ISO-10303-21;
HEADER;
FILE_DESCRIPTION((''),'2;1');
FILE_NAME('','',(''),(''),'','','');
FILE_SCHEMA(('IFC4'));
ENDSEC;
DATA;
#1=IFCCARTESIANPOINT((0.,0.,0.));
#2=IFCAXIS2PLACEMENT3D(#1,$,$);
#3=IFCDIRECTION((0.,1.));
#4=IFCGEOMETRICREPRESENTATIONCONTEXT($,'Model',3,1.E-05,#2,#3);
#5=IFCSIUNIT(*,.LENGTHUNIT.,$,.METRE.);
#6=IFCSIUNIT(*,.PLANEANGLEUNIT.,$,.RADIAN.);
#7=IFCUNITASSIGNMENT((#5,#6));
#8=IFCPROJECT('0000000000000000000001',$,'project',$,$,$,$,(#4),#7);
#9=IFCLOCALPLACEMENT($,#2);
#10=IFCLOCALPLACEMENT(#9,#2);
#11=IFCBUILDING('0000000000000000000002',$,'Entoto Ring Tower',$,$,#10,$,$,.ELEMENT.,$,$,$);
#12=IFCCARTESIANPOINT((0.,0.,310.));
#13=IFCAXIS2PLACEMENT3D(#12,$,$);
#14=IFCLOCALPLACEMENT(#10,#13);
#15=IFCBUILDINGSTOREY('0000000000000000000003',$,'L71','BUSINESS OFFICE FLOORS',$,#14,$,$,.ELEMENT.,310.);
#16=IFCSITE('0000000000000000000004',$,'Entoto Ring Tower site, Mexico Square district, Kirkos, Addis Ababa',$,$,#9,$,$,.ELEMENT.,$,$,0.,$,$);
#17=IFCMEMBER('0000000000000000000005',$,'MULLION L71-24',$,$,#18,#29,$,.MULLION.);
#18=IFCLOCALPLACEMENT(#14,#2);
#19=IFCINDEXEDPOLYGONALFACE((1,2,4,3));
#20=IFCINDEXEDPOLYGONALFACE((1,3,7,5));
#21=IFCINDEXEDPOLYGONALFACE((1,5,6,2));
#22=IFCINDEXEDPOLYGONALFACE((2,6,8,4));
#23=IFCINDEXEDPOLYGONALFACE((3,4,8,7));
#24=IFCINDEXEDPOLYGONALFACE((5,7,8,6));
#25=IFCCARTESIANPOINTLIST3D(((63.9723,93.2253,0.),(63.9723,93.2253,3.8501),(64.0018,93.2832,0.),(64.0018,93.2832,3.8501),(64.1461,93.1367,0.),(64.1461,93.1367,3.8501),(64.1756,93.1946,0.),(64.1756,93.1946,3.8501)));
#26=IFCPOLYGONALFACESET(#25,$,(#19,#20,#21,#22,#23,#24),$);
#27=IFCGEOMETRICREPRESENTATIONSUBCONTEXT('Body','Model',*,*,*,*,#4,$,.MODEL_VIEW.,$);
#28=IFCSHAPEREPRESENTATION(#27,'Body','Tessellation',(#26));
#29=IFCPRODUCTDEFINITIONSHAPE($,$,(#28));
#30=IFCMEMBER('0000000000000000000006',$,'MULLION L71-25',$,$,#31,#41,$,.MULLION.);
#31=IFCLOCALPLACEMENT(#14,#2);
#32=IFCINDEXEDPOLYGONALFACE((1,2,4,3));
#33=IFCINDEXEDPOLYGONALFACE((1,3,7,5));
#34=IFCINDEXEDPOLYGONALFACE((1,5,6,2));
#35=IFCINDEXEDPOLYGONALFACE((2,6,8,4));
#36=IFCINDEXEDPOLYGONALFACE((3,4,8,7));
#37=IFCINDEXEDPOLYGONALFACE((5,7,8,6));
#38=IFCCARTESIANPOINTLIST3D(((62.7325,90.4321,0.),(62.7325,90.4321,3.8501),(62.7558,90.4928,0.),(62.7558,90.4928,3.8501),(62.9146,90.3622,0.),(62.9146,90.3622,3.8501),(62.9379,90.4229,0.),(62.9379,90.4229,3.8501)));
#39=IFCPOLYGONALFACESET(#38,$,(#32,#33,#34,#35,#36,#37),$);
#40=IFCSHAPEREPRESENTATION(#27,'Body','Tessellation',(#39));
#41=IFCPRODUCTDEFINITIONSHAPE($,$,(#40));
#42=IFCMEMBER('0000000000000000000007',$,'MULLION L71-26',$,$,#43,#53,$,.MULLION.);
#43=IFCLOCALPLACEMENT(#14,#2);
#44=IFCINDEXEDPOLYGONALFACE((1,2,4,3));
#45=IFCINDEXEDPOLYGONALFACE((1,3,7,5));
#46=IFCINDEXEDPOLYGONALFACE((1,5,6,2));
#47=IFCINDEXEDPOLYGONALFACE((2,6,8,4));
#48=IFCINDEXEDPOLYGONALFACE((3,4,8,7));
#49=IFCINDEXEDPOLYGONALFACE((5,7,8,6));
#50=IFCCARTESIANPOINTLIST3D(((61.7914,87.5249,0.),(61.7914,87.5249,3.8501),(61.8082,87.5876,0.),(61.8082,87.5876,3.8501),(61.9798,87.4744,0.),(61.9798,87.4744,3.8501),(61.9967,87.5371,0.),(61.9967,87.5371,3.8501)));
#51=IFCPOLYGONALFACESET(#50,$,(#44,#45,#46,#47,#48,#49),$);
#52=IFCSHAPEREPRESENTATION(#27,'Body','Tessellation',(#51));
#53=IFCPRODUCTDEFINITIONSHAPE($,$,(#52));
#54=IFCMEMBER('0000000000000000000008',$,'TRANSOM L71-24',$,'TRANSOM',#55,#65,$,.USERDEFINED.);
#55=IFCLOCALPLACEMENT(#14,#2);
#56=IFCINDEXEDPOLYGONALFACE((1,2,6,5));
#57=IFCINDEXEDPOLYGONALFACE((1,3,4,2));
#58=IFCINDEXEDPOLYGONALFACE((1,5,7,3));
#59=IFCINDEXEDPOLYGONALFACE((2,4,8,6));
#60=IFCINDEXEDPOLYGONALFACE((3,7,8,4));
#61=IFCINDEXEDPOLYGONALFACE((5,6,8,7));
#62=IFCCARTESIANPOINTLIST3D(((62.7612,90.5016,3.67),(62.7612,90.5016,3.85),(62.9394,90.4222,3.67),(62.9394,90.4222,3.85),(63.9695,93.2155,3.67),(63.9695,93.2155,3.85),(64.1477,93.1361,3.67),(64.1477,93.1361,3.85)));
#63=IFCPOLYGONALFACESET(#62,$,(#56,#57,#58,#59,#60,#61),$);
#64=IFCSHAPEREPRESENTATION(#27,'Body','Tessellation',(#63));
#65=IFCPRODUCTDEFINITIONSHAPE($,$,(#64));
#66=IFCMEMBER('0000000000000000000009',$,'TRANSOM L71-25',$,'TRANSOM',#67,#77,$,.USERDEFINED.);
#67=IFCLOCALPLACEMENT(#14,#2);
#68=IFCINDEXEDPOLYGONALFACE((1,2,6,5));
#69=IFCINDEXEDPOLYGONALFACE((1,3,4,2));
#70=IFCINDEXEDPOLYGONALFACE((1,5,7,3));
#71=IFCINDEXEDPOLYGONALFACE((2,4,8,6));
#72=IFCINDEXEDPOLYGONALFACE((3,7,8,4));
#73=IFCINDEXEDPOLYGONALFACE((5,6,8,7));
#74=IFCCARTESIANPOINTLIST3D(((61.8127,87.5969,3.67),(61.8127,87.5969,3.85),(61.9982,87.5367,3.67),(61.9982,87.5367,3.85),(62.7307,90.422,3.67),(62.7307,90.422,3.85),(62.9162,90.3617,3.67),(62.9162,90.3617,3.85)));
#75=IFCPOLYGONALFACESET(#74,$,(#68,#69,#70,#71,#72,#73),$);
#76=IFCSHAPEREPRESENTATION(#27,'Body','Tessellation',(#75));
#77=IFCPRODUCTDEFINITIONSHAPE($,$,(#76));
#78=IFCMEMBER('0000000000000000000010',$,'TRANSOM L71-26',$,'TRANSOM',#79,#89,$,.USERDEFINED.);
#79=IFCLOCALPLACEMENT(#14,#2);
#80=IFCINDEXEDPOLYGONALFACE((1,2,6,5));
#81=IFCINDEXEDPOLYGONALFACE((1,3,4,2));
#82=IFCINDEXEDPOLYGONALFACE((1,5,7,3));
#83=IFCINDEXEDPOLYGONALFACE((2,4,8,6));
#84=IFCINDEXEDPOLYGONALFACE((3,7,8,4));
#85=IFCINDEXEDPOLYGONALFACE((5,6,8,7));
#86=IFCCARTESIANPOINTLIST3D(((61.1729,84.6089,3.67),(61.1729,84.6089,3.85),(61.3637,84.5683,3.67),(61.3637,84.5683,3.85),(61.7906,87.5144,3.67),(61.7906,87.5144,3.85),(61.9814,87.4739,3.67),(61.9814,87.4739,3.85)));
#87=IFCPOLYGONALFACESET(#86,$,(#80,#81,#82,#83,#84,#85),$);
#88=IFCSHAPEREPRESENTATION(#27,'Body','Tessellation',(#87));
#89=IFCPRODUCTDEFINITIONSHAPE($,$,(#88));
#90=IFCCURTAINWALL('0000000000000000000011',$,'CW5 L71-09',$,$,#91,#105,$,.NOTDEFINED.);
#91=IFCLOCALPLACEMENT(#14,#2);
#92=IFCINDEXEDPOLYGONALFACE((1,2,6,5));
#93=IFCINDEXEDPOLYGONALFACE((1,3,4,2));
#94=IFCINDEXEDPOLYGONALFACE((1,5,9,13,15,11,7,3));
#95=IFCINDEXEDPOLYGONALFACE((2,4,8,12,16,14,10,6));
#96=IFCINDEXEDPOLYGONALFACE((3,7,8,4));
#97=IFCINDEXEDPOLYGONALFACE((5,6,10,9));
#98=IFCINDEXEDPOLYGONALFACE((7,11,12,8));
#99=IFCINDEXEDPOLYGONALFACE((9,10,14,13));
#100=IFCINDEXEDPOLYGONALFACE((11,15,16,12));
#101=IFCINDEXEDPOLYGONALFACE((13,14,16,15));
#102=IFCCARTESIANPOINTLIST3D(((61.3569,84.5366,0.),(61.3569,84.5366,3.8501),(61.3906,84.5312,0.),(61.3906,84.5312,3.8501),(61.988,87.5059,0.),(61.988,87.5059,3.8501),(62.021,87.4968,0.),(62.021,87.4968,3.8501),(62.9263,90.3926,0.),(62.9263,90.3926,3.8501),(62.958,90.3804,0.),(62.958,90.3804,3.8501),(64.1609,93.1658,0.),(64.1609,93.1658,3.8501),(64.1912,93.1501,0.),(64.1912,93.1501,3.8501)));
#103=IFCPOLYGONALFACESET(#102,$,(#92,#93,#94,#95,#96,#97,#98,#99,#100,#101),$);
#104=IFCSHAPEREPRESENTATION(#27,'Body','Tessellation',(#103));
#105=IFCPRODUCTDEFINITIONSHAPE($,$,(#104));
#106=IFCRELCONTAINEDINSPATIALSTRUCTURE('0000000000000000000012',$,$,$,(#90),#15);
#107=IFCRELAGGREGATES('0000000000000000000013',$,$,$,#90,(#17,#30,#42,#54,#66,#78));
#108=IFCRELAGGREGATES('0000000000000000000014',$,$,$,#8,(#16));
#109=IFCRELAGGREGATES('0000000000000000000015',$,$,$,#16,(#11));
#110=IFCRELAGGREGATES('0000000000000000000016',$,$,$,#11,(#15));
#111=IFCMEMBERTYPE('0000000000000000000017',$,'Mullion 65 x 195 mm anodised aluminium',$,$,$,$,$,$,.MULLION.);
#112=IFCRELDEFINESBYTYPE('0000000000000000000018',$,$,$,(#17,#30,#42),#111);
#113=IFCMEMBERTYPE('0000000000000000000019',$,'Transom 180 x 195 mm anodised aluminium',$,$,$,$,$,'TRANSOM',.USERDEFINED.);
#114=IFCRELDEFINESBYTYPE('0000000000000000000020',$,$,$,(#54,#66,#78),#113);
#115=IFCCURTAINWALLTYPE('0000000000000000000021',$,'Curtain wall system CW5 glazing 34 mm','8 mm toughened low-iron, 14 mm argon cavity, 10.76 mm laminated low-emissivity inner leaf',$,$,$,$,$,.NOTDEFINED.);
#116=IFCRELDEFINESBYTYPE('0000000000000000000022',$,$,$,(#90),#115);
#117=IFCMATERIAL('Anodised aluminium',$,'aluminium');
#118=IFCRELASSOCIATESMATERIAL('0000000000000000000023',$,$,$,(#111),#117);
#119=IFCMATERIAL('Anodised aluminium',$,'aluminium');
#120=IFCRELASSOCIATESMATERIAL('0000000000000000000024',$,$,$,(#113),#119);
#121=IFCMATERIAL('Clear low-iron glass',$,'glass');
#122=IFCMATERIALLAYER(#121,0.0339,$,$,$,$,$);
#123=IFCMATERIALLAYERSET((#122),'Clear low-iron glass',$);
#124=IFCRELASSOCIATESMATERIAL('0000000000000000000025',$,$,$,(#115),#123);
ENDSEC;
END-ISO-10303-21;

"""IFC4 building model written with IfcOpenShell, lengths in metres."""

from ifc_helpers import new_model, si_unit, direction, frame, origin, origin_2d, place, context, subcontext, project, spatial, polyline, rectangle, outline, extrude, material, layer, layer_set, material_profile, profile_set, type_object, element, aggregate, save


model = new_model("IFC4")

# Units and contexts
model_context = context("Model", 3, precision=1e-05, world=origin(), true_north=direction((0.0, 1.0)))
body_context = subcontext(model_context, "Body", "Model", "MODEL_VIEW")
ifc_project = project(units=[si_unit("LENGTHUNIT", "METRE"), si_unit("PLANEANGLEUNIT", "RADIAN")], contexts=[model_context])

# Members
ifc_material_1 = material(Name="Anodised aluminium", Category="aluminium")
ifc_material_profile_1 = material_profile(ifc_material_1, rectangle(XDim=0.0649, YDim=0.1951, at=origin_2d()), Name="Mullion 65 x 195 mm anodised aluminium")
ifc_profile_set_1 = profile_set([ifc_material_profile_1], Name="Anodised aluminium")
member_type_1 = type_object("IfcMemberType", Name="Mullion 65 x 195 mm anodised aluminium", PredefinedType="MULLION", material=ifc_profile_set_1)
site_placement = place(None, origin())
building_placement = place(site_placement, origin())
storey_placement = place(building_placement, frame((0.0, 0.0, 310.0)))
member_1_placement = place(storey_placement, frame((64.074, 93.21, 0.0), z_axis=(0.0, 0.0, 1.0), x_axis=(-0.45399, -0.891007, 0.0)))
member_1 = element("IfcMember", 1, at=member_1_placement, type_object=member_type_1, Name="MULLION L71-24", PredefinedType="MULLION", context=body_context, shape_type="SweptSolid", body=[
    extrude(rectangle(XDim=0.0649, YDim=0.1951, at=origin_2d()), origin(), (0.0, 0.0, 1.0), 3.8501),
])
member_2_placement = place(storey_placement, frame((62.8352, 90.4275, 0.0), z_axis=(0.0, 0.0, 1.0), x_axis=(-0.358368, -0.93358, 0.0)))
member_2 = element("IfcMember", 2, at=member_2_placement, type_object=member_type_1, Name="MULLION L71-25", PredefinedType="MULLION", context=body_context, shape_type="SweptSolid", body=[
    extrude(rectangle(XDim=0.0649, YDim=0.1951, at=origin_2d()), origin(), (0.0, 0.0, 1.0), 3.8501),
])
member_3_placement = place(storey_placement, frame((61.894, 87.531, 0.0), z_axis=(0.0, 0.0, 1.0), x_axis=(-0.258819, -0.965926, 0.0)))
member_3 = element("IfcMember", 3, at=member_3_placement, type_object=member_type_1, Name="MULLION L71-26", PredefinedType="MULLION", context=body_context, shape_type="SweptSolid", body=[
    extrude(rectangle(XDim=0.0649, YDim=0.1951, at=origin_2d()), origin(), (0.0, 0.0, 1.0), 3.8501),
])
ifc_material_2 = material(Name="Anodised aluminium", Category="aluminium")
ifc_material_profile_2 = material_profile(ifc_material_2, rectangle(XDim=0.1951, YDim=0.1799, at=origin_2d()), Name="Transom 180 x 195 mm anodised aluminium")
ifc_profile_set_2 = profile_set([ifc_material_profile_2], Name="Anodised aluminium")
member_type_2 = type_object("IfcMemberType", Name="Transom 180 x 195 mm anodised aluminium", ElementType="TRANSOM", PredefinedType="USERDEFINED", material=ifc_profile_set_2)
member_4_placement = place(storey_placement, frame((64.0586, 93.1758, 3.76), z_axis=(-0.406726, -0.91355, 0.0), x_axis=(0.91355, -0.406726, 0.0)))
member_4 = element("IfcMember", 4, at=member_4_placement, type_object=member_type_2, Name="TRANSOM L71-24", ObjectType="TRANSOM", PredefinedType="USERDEFINED", context=body_context, shape_type="SweptSolid", body=[
    extrude(rectangle(XDim=0.1951, YDim=0.1799, at=origin_2d()), origin(), (0.0, 0.0, 1.0), 2.9707),
])
member_5_placement = place(storey_placement, frame((62.8235, 90.3918, 3.76), z_axis=(-0.309043, -0.951048, 0.0), x_axis=(0.951048, -0.309043, 0.0)))
member_5 = element("IfcMember", 5, at=member_5_placement, type_object=member_type_2, Name="TRANSOM L71-25", ObjectType="TRANSOM", PredefinedType="USERDEFINED", context=body_context, shape_type="SweptSolid", body=[
    extrude(rectangle(XDim=0.1951, YDim=0.1799, at=origin_2d()), origin(), (0.0, 0.0, 1.0), 2.9705),
])
member_6_placement = place(storey_placement, frame((61.886, 87.4941, 3.76), z_axis=(-0.20794, -0.978142, 0.0), x_axis=(0.978142, -0.20794, 0.0)))
member_6 = element("IfcMember", 6, at=member_6_placement, type_object=member_type_2, Name="TRANSOM L71-26", ObjectType="TRANSOM", PredefinedType="USERDEFINED", context=body_context, shape_type="SweptSolid", body=[
    extrude(rectangle(XDim=0.1951, YDim=0.1799, at=origin_2d()), origin(), (0.0, 0.0, 1.0), 2.9705),
])

# Site, building, storey
site = spatial("IfcSite", under=ifc_project, at=site_placement, Name="Entoto Ring Tower site, Mexico Square district, Kirkos, Addis Ababa", CompositionType="ELEMENT", RefElevation=0.0)
building = spatial("IfcBuilding", under=site, at=building_placement, Name="Entoto Ring Tower", CompositionType="ELEMENT")
storey = spatial("IfcBuildingStorey", under=building, at=storey_placement, Name="L71", Description="BUSINESS OFFICE FLOORS", CompositionType="ELEMENT", Elevation=310.0)

# Curtain wall
ifc_material_3 = material(Name="Clear low-iron glass", Category="glass")
ifc_layer = layer(ifc_material_3, 0.0339)
ifc_layer_set = layer_set([ifc_layer], Name="Clear low-iron glass")
curtain_wall_type = type_object("IfcCurtainWallType", Name="Curtain wall system CW5 glazing 34 mm", Description="8 mm toughened low-iron, 14 mm argon cavity, 10.76 mm laminated low-emissivity inner leaf", PredefinedType="NOTDEFINED", material=ifc_layer_set)
curtain_wall_1_placement = place(storey_placement, origin())
curtain_wall_1 = element("IfcCurtainWall", 7, at=curtain_wall_1_placement, inside=storey, type_object=curtain_wall_type, Name="CW5 L71-09", PredefinedType="NOTDEFINED", context=body_context, shape_type="SweptSolid", body=[
    extrude(outline(polyline([(64.1609, 93.1658), (62.9263, 90.3926), (61.988, 87.5059), (61.3569, 84.5366), (61.3906, 84.5312), (62.021, 87.4968), (62.958, 90.3804), (64.1912, 93.1501), (64.1609, 93.1658)])), origin(), (0.0, 0.0, 1.0), 3.8501),
])
aggregate(curtain_wall_1, [member_1, member_2, member_3, member_4, member_5, member_6])

save(model, "model.ifc")
